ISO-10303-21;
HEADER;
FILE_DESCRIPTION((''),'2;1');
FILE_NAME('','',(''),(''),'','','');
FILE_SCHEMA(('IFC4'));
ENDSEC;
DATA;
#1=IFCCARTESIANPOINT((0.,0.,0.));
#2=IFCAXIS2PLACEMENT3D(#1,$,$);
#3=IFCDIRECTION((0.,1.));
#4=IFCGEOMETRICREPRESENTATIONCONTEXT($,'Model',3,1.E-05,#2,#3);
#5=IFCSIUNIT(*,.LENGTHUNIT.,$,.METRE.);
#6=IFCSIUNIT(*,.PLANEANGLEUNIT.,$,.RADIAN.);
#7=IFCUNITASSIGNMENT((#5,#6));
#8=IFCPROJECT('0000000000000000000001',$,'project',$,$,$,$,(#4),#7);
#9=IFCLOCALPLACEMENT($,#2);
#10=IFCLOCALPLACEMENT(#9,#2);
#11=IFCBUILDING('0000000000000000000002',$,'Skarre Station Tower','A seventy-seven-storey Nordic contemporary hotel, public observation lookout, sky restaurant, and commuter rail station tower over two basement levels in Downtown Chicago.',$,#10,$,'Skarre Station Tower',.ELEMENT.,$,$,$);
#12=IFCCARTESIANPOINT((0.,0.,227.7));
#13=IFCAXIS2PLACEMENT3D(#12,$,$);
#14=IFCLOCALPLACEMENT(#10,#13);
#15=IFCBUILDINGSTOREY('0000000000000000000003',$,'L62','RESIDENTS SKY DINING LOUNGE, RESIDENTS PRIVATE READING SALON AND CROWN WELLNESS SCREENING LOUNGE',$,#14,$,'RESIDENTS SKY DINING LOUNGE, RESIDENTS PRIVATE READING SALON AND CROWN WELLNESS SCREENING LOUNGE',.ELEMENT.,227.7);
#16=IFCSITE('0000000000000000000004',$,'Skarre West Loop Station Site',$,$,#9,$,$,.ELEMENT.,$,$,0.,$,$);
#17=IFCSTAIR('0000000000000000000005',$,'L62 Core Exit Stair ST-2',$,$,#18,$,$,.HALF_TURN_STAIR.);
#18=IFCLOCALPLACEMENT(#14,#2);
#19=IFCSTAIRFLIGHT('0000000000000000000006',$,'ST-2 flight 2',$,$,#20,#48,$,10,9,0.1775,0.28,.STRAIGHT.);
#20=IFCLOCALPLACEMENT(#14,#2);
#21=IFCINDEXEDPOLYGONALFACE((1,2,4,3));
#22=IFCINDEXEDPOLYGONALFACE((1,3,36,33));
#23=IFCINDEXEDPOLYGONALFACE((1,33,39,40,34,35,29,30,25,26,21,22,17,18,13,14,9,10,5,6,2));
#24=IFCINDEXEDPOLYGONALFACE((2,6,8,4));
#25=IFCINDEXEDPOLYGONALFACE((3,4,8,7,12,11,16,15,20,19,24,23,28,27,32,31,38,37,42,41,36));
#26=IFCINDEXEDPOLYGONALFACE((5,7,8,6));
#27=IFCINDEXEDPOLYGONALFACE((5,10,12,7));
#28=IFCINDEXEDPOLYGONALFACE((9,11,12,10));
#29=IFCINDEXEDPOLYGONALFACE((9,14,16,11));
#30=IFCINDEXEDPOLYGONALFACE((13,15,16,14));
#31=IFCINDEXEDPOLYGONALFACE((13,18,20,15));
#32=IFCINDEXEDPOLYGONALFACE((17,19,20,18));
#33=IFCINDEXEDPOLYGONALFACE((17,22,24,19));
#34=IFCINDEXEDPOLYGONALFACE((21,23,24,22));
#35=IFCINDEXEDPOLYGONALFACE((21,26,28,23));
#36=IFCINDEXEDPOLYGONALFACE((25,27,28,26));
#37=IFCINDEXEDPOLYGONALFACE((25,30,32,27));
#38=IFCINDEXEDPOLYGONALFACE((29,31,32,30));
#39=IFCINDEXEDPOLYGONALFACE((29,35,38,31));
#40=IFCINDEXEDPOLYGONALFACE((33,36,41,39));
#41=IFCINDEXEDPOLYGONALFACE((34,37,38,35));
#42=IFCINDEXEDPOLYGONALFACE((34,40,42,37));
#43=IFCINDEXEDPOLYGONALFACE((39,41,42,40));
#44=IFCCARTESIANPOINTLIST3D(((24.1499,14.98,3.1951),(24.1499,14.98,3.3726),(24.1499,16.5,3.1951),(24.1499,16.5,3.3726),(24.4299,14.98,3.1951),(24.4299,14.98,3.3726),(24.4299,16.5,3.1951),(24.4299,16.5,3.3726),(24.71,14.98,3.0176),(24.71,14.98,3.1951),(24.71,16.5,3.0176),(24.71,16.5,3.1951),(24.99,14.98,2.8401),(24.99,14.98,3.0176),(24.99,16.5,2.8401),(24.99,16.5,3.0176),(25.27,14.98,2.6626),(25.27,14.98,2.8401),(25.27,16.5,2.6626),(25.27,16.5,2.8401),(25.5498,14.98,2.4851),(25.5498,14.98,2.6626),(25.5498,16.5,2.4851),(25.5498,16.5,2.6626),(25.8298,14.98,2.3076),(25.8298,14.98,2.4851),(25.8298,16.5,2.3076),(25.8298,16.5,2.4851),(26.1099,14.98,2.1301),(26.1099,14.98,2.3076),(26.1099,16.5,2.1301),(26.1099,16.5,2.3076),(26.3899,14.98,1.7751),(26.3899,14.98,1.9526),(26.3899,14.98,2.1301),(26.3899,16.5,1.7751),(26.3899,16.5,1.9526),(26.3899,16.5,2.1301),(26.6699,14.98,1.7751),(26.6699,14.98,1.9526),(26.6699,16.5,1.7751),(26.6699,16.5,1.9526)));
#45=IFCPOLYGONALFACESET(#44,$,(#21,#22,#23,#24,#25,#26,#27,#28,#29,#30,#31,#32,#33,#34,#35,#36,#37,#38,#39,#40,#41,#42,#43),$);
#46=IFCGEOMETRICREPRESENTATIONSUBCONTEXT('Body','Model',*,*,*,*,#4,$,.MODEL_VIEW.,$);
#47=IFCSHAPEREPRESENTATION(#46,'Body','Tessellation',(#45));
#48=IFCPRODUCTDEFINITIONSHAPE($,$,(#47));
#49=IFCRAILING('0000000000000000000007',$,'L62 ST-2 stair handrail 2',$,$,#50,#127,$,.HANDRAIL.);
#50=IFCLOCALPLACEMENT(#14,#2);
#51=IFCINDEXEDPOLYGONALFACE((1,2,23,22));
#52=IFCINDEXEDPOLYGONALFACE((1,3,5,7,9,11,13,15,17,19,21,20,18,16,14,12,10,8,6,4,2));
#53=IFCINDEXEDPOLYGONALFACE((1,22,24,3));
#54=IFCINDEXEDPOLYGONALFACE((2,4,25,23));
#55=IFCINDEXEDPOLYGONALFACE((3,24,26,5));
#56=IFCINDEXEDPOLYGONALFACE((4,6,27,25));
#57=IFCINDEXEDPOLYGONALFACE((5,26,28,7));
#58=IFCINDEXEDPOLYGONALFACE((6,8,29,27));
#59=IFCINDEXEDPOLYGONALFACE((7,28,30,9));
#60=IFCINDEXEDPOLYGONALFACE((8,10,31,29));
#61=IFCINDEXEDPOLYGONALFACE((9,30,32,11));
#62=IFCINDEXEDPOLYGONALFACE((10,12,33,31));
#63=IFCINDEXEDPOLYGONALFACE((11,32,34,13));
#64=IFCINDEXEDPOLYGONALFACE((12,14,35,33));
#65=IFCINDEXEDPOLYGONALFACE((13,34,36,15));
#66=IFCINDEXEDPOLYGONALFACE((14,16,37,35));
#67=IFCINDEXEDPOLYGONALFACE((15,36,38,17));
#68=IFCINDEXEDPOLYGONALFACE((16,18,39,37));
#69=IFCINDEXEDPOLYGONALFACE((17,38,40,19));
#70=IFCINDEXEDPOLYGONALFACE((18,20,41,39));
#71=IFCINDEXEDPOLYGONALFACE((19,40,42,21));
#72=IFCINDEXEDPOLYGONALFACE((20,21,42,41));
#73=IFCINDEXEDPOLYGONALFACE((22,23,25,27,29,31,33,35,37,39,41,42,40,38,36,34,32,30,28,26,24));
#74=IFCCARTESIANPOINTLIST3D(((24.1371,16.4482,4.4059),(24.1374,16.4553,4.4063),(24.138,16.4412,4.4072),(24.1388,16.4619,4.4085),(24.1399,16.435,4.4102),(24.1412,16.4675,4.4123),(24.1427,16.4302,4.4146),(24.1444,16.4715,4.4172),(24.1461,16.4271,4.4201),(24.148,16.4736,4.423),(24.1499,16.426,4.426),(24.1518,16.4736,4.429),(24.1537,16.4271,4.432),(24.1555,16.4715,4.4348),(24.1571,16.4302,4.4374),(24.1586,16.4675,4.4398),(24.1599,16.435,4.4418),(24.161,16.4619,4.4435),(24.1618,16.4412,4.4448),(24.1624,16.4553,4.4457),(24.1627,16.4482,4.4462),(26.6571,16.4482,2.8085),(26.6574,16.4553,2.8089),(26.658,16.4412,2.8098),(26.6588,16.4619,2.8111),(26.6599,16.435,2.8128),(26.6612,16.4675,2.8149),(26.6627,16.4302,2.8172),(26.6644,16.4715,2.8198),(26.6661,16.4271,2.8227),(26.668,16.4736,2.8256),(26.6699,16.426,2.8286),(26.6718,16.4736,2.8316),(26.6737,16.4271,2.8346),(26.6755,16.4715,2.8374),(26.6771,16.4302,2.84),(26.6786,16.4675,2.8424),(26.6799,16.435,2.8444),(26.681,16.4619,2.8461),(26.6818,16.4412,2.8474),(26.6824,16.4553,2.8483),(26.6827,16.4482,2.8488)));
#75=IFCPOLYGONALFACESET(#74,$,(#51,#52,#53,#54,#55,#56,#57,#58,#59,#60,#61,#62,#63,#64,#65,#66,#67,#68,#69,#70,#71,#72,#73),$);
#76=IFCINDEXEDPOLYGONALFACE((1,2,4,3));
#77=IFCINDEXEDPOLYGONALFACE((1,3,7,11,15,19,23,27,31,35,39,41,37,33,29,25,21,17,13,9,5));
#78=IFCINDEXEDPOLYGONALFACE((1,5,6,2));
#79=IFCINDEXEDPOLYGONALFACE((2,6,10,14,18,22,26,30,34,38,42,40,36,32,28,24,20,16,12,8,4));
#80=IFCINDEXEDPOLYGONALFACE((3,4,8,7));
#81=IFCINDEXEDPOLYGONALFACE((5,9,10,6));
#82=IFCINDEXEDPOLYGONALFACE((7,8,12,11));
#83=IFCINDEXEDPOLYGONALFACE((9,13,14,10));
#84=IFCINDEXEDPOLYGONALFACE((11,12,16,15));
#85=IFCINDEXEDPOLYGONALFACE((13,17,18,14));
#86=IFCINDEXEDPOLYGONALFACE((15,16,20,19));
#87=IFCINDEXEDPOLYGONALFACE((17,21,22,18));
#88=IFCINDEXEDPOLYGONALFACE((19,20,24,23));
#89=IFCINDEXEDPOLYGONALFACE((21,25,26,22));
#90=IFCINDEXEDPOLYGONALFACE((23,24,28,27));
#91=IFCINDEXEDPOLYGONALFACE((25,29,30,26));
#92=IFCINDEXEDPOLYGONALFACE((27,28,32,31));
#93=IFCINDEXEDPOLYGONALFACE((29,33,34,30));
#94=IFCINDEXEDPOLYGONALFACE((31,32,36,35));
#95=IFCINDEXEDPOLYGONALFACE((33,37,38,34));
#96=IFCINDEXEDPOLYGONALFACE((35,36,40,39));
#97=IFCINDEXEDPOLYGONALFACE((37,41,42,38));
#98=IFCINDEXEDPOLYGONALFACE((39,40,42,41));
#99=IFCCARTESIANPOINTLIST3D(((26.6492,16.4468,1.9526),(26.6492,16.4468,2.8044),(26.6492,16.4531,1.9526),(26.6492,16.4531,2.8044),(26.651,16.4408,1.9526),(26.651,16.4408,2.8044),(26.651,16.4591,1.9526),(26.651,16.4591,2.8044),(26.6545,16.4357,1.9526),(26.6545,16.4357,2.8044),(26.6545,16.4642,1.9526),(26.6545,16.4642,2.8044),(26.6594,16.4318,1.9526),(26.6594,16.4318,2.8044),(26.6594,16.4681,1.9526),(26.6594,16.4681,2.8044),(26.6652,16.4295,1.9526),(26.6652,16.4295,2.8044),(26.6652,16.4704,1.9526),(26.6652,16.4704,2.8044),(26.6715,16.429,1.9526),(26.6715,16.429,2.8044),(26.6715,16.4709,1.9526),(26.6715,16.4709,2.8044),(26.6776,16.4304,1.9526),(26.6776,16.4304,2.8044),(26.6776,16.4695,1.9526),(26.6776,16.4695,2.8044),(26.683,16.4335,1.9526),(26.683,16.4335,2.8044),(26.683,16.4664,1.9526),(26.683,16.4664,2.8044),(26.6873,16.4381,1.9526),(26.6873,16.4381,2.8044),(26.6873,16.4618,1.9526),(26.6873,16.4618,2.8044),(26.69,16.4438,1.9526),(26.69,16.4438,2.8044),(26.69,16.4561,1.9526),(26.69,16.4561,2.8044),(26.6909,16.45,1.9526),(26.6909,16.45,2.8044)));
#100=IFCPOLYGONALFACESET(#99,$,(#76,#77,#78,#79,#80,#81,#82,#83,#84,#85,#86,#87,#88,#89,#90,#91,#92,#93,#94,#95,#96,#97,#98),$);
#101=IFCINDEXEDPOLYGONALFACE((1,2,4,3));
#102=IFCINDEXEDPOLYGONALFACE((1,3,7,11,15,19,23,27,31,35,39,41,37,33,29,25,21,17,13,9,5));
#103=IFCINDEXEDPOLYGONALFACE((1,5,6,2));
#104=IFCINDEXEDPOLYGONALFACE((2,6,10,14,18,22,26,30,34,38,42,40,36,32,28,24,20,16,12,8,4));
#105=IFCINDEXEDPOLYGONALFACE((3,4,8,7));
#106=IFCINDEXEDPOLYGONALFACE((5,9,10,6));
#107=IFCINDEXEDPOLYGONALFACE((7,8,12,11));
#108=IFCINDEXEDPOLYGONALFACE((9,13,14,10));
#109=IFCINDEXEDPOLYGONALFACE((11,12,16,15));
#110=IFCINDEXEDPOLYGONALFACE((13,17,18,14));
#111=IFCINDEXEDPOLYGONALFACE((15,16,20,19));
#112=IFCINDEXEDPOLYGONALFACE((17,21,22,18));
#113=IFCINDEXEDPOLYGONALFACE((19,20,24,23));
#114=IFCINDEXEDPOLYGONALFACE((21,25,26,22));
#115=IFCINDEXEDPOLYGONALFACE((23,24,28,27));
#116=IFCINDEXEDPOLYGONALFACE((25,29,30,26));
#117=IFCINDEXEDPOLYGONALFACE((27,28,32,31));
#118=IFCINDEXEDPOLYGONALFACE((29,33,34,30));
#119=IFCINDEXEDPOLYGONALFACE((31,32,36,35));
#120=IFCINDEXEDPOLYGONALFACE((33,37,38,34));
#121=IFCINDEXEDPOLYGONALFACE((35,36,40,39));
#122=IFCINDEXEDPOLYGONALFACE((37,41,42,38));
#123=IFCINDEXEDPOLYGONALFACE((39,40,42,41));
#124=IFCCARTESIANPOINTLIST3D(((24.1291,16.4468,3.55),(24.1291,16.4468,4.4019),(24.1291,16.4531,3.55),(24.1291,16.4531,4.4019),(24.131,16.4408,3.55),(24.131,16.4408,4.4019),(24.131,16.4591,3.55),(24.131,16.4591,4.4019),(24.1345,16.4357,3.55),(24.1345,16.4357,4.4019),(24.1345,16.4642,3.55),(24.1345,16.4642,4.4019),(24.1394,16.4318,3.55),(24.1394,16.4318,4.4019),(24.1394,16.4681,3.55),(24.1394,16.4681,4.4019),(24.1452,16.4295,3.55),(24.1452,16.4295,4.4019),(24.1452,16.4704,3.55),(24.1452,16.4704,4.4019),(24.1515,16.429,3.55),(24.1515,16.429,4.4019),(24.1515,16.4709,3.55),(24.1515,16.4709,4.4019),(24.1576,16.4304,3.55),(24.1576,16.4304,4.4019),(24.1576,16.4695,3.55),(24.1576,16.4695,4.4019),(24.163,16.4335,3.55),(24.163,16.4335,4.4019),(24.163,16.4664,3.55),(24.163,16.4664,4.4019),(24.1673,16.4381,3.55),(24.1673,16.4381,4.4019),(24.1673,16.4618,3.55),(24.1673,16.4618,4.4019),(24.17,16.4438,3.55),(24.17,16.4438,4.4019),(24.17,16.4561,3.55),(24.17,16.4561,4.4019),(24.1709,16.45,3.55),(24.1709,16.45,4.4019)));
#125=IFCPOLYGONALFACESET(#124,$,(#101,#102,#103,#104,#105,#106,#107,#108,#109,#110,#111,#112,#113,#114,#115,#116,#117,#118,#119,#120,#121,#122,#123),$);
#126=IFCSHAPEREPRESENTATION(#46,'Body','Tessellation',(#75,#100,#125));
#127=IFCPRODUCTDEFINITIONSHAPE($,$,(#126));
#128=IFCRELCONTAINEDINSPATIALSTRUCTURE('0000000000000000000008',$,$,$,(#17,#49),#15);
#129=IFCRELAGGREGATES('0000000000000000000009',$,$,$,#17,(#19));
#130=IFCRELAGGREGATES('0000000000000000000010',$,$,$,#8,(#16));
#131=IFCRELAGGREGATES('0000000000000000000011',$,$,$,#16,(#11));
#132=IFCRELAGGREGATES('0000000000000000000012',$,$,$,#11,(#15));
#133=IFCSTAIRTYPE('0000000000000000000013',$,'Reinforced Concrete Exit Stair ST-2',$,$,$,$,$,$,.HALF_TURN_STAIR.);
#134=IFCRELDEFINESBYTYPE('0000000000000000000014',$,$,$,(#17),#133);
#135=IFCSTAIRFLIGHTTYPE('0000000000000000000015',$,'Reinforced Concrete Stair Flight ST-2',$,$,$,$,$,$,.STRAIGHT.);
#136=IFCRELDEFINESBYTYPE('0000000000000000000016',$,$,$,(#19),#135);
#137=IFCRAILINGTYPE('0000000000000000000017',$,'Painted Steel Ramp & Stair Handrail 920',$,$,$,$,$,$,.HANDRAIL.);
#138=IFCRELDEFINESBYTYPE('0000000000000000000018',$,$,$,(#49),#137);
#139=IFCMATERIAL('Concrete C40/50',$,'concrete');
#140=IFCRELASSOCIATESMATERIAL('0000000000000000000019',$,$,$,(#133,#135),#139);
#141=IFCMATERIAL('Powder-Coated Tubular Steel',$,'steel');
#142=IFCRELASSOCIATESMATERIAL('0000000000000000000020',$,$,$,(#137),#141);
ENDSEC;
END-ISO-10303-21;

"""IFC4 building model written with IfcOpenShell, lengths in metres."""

from ifc_helpers import new_model, si_unit, direction, frame, origin, origin_2d, place, context, subcontext, project, spatial, polyline, circle, outline, extrude, material, type_object, element, aggregate, save


model = new_model("IFC4")

# Units and contexts
model_context = context("Model", 3, precision=1e-05, world=origin(), true_north=direction((0.0, 1.0)))
body_context = subcontext(model_context, "Body", "Model", "MODEL_VIEW")
ifc_project = project(units=[si_unit("LENGTHUNIT", "METRE"), si_unit("PLANEANGLEUNIT", "RADIAN")], contexts=[model_context])

# Site, building, storey
site_placement = place(None, origin())
site = spatial("IfcSite", under=ifc_project, at=site_placement, Name="Skarre West Loop Station Site", CompositionType="ELEMENT", RefElevation=0.0)
building_placement = place(site_placement, origin())
building = spatial("IfcBuilding", under=site, at=building_placement, Name="Skarre Station Tower", Description="A seventy-seven-storey Nordic contemporary hotel, public observation lookout, sky restaurant, and commuter rail station tower over two basement levels in Downtown Chicago.", LongName="Skarre Station Tower", CompositionType="ELEMENT")
storey_placement = place(building_placement, frame((0.0, 0.0, 227.7)))
storey = spatial("IfcBuildingStorey", under=building, at=storey_placement, Name="L62", Description="RESIDENTS SKY DINING LOUNGE, RESIDENTS PRIVATE READING SALON AND CROWN WELLNESS SCREENING LOUNGE", LongName="RESIDENTS SKY DINING LOUNGE, RESIDENTS PRIVATE READING SALON AND CROWN WELLNESS SCREENING LOUNGE", CompositionType="ELEMENT", Elevation=227.7)

# Stair, stair flight
ifc_material_1 = material(Name="Concrete C40/50", Category="concrete")
stair_type = type_object("IfcStairType", Name="Reinforced Concrete Exit Stair ST-2", PredefinedType="HALF_TURN_STAIR", material=ifc_material_1)
stair_placement = place(storey_placement, origin())
stair = element("IfcStair", 1, at=stair_placement, inside=storey, type_object=stair_type, Name="L62 Core Exit Stair ST-2", PredefinedType="HALF_TURN_STAIR")
stair_flight_type = type_object("IfcStairFlightType", Name="Reinforced Concrete Stair Flight ST-2", PredefinedType="STRAIGHT", material=ifc_material_1)
stair_flight_1_placement = place(storey_placement, frame((26.6699, 15.74, 1.7751), z_axis=(0.0, 0.0, 1.0), x_axis=(-1.0, 0.0, 0.0)))
stair_flight_1 = element("IfcStairFlight", 2, at=stair_flight_1_placement, type_object=stair_flight_type, Name="ST-2 flight 2", NumberOfRisers=10, NumberOfTreads=9, PredefinedType="STRAIGHT", RiserHeight=0.1775, TreadLength=0.28, context=body_context, shape_type="SweptSolid", body=[
    extrude(outline(polyline([(0.0, 0.0), (0.0, 0.1775), (0.28, 0.1775), (0.28, 0.355), (0.5601, 0.355), (0.5601, 0.5325), (0.8401, 0.5325), (0.8401, 0.71), (1.1201, 0.71), (1.1201, 0.8875), (1.3999, 0.8875), (1.3999, 1.0649), (1.6799, 1.0649), (1.6799, 1.2424), (1.96, 1.2424), (1.96, 1.4199), (2.24, 1.4199), (2.24, 1.5974), (2.52, 1.5974), (2.52, 1.7749), (2.52, 1.4199), (0.28, 0.0), (0.0, 0.0)])), frame((0.0, 0.76, 0.0), z_axis=(0.0, -1.0, 0.0), x_axis=(1.0, 0.0, 0.0)), (0.0, 0.0, 1.0), 1.52),
])
aggregate(stair, [stair_flight_1])

# Railing
ifc_material_2 = material(Name="Powder-Coated Tubular Steel", Category="steel")
railing_type_1 = type_object("IfcRailingType", Name="Painted Steel Ramp & Stair Handrail 920", PredefinedType="HANDRAIL", material=ifc_material_2)
railing_1_placement = place(storey_placement, frame((26.6699, 16.45, 1.9526)))
element("IfcRailing", 3, at=railing_1_placement, inside=storey, type_object=railing_type_1, Name="L62 ST-2 stair handrail 2", PredefinedType="HANDRAIL", context=body_context, shape_type="SweptSolid", body=[
    extrude(circle(Radius=0.0239, at=origin_2d()), frame((0.0, 0.0, 0.876), z_axis=(-0.844607, 0.0, 0.535387), x_axis=(0.0, -1.0, 0.0)), (0.0, 0.0, 1.0), 2.9836),
    extrude(circle(Radius=0.021, at=origin_2d()), origin(), (0.0, 0.0, 1.0), 0.8518),
    extrude(circle(Radius=0.021, at=origin_2d()), frame((-2.52, 0.0, 1.5974)), (0.0, 0.0, 1.0), 0.8518),
])

save(model, "model.ifc")
